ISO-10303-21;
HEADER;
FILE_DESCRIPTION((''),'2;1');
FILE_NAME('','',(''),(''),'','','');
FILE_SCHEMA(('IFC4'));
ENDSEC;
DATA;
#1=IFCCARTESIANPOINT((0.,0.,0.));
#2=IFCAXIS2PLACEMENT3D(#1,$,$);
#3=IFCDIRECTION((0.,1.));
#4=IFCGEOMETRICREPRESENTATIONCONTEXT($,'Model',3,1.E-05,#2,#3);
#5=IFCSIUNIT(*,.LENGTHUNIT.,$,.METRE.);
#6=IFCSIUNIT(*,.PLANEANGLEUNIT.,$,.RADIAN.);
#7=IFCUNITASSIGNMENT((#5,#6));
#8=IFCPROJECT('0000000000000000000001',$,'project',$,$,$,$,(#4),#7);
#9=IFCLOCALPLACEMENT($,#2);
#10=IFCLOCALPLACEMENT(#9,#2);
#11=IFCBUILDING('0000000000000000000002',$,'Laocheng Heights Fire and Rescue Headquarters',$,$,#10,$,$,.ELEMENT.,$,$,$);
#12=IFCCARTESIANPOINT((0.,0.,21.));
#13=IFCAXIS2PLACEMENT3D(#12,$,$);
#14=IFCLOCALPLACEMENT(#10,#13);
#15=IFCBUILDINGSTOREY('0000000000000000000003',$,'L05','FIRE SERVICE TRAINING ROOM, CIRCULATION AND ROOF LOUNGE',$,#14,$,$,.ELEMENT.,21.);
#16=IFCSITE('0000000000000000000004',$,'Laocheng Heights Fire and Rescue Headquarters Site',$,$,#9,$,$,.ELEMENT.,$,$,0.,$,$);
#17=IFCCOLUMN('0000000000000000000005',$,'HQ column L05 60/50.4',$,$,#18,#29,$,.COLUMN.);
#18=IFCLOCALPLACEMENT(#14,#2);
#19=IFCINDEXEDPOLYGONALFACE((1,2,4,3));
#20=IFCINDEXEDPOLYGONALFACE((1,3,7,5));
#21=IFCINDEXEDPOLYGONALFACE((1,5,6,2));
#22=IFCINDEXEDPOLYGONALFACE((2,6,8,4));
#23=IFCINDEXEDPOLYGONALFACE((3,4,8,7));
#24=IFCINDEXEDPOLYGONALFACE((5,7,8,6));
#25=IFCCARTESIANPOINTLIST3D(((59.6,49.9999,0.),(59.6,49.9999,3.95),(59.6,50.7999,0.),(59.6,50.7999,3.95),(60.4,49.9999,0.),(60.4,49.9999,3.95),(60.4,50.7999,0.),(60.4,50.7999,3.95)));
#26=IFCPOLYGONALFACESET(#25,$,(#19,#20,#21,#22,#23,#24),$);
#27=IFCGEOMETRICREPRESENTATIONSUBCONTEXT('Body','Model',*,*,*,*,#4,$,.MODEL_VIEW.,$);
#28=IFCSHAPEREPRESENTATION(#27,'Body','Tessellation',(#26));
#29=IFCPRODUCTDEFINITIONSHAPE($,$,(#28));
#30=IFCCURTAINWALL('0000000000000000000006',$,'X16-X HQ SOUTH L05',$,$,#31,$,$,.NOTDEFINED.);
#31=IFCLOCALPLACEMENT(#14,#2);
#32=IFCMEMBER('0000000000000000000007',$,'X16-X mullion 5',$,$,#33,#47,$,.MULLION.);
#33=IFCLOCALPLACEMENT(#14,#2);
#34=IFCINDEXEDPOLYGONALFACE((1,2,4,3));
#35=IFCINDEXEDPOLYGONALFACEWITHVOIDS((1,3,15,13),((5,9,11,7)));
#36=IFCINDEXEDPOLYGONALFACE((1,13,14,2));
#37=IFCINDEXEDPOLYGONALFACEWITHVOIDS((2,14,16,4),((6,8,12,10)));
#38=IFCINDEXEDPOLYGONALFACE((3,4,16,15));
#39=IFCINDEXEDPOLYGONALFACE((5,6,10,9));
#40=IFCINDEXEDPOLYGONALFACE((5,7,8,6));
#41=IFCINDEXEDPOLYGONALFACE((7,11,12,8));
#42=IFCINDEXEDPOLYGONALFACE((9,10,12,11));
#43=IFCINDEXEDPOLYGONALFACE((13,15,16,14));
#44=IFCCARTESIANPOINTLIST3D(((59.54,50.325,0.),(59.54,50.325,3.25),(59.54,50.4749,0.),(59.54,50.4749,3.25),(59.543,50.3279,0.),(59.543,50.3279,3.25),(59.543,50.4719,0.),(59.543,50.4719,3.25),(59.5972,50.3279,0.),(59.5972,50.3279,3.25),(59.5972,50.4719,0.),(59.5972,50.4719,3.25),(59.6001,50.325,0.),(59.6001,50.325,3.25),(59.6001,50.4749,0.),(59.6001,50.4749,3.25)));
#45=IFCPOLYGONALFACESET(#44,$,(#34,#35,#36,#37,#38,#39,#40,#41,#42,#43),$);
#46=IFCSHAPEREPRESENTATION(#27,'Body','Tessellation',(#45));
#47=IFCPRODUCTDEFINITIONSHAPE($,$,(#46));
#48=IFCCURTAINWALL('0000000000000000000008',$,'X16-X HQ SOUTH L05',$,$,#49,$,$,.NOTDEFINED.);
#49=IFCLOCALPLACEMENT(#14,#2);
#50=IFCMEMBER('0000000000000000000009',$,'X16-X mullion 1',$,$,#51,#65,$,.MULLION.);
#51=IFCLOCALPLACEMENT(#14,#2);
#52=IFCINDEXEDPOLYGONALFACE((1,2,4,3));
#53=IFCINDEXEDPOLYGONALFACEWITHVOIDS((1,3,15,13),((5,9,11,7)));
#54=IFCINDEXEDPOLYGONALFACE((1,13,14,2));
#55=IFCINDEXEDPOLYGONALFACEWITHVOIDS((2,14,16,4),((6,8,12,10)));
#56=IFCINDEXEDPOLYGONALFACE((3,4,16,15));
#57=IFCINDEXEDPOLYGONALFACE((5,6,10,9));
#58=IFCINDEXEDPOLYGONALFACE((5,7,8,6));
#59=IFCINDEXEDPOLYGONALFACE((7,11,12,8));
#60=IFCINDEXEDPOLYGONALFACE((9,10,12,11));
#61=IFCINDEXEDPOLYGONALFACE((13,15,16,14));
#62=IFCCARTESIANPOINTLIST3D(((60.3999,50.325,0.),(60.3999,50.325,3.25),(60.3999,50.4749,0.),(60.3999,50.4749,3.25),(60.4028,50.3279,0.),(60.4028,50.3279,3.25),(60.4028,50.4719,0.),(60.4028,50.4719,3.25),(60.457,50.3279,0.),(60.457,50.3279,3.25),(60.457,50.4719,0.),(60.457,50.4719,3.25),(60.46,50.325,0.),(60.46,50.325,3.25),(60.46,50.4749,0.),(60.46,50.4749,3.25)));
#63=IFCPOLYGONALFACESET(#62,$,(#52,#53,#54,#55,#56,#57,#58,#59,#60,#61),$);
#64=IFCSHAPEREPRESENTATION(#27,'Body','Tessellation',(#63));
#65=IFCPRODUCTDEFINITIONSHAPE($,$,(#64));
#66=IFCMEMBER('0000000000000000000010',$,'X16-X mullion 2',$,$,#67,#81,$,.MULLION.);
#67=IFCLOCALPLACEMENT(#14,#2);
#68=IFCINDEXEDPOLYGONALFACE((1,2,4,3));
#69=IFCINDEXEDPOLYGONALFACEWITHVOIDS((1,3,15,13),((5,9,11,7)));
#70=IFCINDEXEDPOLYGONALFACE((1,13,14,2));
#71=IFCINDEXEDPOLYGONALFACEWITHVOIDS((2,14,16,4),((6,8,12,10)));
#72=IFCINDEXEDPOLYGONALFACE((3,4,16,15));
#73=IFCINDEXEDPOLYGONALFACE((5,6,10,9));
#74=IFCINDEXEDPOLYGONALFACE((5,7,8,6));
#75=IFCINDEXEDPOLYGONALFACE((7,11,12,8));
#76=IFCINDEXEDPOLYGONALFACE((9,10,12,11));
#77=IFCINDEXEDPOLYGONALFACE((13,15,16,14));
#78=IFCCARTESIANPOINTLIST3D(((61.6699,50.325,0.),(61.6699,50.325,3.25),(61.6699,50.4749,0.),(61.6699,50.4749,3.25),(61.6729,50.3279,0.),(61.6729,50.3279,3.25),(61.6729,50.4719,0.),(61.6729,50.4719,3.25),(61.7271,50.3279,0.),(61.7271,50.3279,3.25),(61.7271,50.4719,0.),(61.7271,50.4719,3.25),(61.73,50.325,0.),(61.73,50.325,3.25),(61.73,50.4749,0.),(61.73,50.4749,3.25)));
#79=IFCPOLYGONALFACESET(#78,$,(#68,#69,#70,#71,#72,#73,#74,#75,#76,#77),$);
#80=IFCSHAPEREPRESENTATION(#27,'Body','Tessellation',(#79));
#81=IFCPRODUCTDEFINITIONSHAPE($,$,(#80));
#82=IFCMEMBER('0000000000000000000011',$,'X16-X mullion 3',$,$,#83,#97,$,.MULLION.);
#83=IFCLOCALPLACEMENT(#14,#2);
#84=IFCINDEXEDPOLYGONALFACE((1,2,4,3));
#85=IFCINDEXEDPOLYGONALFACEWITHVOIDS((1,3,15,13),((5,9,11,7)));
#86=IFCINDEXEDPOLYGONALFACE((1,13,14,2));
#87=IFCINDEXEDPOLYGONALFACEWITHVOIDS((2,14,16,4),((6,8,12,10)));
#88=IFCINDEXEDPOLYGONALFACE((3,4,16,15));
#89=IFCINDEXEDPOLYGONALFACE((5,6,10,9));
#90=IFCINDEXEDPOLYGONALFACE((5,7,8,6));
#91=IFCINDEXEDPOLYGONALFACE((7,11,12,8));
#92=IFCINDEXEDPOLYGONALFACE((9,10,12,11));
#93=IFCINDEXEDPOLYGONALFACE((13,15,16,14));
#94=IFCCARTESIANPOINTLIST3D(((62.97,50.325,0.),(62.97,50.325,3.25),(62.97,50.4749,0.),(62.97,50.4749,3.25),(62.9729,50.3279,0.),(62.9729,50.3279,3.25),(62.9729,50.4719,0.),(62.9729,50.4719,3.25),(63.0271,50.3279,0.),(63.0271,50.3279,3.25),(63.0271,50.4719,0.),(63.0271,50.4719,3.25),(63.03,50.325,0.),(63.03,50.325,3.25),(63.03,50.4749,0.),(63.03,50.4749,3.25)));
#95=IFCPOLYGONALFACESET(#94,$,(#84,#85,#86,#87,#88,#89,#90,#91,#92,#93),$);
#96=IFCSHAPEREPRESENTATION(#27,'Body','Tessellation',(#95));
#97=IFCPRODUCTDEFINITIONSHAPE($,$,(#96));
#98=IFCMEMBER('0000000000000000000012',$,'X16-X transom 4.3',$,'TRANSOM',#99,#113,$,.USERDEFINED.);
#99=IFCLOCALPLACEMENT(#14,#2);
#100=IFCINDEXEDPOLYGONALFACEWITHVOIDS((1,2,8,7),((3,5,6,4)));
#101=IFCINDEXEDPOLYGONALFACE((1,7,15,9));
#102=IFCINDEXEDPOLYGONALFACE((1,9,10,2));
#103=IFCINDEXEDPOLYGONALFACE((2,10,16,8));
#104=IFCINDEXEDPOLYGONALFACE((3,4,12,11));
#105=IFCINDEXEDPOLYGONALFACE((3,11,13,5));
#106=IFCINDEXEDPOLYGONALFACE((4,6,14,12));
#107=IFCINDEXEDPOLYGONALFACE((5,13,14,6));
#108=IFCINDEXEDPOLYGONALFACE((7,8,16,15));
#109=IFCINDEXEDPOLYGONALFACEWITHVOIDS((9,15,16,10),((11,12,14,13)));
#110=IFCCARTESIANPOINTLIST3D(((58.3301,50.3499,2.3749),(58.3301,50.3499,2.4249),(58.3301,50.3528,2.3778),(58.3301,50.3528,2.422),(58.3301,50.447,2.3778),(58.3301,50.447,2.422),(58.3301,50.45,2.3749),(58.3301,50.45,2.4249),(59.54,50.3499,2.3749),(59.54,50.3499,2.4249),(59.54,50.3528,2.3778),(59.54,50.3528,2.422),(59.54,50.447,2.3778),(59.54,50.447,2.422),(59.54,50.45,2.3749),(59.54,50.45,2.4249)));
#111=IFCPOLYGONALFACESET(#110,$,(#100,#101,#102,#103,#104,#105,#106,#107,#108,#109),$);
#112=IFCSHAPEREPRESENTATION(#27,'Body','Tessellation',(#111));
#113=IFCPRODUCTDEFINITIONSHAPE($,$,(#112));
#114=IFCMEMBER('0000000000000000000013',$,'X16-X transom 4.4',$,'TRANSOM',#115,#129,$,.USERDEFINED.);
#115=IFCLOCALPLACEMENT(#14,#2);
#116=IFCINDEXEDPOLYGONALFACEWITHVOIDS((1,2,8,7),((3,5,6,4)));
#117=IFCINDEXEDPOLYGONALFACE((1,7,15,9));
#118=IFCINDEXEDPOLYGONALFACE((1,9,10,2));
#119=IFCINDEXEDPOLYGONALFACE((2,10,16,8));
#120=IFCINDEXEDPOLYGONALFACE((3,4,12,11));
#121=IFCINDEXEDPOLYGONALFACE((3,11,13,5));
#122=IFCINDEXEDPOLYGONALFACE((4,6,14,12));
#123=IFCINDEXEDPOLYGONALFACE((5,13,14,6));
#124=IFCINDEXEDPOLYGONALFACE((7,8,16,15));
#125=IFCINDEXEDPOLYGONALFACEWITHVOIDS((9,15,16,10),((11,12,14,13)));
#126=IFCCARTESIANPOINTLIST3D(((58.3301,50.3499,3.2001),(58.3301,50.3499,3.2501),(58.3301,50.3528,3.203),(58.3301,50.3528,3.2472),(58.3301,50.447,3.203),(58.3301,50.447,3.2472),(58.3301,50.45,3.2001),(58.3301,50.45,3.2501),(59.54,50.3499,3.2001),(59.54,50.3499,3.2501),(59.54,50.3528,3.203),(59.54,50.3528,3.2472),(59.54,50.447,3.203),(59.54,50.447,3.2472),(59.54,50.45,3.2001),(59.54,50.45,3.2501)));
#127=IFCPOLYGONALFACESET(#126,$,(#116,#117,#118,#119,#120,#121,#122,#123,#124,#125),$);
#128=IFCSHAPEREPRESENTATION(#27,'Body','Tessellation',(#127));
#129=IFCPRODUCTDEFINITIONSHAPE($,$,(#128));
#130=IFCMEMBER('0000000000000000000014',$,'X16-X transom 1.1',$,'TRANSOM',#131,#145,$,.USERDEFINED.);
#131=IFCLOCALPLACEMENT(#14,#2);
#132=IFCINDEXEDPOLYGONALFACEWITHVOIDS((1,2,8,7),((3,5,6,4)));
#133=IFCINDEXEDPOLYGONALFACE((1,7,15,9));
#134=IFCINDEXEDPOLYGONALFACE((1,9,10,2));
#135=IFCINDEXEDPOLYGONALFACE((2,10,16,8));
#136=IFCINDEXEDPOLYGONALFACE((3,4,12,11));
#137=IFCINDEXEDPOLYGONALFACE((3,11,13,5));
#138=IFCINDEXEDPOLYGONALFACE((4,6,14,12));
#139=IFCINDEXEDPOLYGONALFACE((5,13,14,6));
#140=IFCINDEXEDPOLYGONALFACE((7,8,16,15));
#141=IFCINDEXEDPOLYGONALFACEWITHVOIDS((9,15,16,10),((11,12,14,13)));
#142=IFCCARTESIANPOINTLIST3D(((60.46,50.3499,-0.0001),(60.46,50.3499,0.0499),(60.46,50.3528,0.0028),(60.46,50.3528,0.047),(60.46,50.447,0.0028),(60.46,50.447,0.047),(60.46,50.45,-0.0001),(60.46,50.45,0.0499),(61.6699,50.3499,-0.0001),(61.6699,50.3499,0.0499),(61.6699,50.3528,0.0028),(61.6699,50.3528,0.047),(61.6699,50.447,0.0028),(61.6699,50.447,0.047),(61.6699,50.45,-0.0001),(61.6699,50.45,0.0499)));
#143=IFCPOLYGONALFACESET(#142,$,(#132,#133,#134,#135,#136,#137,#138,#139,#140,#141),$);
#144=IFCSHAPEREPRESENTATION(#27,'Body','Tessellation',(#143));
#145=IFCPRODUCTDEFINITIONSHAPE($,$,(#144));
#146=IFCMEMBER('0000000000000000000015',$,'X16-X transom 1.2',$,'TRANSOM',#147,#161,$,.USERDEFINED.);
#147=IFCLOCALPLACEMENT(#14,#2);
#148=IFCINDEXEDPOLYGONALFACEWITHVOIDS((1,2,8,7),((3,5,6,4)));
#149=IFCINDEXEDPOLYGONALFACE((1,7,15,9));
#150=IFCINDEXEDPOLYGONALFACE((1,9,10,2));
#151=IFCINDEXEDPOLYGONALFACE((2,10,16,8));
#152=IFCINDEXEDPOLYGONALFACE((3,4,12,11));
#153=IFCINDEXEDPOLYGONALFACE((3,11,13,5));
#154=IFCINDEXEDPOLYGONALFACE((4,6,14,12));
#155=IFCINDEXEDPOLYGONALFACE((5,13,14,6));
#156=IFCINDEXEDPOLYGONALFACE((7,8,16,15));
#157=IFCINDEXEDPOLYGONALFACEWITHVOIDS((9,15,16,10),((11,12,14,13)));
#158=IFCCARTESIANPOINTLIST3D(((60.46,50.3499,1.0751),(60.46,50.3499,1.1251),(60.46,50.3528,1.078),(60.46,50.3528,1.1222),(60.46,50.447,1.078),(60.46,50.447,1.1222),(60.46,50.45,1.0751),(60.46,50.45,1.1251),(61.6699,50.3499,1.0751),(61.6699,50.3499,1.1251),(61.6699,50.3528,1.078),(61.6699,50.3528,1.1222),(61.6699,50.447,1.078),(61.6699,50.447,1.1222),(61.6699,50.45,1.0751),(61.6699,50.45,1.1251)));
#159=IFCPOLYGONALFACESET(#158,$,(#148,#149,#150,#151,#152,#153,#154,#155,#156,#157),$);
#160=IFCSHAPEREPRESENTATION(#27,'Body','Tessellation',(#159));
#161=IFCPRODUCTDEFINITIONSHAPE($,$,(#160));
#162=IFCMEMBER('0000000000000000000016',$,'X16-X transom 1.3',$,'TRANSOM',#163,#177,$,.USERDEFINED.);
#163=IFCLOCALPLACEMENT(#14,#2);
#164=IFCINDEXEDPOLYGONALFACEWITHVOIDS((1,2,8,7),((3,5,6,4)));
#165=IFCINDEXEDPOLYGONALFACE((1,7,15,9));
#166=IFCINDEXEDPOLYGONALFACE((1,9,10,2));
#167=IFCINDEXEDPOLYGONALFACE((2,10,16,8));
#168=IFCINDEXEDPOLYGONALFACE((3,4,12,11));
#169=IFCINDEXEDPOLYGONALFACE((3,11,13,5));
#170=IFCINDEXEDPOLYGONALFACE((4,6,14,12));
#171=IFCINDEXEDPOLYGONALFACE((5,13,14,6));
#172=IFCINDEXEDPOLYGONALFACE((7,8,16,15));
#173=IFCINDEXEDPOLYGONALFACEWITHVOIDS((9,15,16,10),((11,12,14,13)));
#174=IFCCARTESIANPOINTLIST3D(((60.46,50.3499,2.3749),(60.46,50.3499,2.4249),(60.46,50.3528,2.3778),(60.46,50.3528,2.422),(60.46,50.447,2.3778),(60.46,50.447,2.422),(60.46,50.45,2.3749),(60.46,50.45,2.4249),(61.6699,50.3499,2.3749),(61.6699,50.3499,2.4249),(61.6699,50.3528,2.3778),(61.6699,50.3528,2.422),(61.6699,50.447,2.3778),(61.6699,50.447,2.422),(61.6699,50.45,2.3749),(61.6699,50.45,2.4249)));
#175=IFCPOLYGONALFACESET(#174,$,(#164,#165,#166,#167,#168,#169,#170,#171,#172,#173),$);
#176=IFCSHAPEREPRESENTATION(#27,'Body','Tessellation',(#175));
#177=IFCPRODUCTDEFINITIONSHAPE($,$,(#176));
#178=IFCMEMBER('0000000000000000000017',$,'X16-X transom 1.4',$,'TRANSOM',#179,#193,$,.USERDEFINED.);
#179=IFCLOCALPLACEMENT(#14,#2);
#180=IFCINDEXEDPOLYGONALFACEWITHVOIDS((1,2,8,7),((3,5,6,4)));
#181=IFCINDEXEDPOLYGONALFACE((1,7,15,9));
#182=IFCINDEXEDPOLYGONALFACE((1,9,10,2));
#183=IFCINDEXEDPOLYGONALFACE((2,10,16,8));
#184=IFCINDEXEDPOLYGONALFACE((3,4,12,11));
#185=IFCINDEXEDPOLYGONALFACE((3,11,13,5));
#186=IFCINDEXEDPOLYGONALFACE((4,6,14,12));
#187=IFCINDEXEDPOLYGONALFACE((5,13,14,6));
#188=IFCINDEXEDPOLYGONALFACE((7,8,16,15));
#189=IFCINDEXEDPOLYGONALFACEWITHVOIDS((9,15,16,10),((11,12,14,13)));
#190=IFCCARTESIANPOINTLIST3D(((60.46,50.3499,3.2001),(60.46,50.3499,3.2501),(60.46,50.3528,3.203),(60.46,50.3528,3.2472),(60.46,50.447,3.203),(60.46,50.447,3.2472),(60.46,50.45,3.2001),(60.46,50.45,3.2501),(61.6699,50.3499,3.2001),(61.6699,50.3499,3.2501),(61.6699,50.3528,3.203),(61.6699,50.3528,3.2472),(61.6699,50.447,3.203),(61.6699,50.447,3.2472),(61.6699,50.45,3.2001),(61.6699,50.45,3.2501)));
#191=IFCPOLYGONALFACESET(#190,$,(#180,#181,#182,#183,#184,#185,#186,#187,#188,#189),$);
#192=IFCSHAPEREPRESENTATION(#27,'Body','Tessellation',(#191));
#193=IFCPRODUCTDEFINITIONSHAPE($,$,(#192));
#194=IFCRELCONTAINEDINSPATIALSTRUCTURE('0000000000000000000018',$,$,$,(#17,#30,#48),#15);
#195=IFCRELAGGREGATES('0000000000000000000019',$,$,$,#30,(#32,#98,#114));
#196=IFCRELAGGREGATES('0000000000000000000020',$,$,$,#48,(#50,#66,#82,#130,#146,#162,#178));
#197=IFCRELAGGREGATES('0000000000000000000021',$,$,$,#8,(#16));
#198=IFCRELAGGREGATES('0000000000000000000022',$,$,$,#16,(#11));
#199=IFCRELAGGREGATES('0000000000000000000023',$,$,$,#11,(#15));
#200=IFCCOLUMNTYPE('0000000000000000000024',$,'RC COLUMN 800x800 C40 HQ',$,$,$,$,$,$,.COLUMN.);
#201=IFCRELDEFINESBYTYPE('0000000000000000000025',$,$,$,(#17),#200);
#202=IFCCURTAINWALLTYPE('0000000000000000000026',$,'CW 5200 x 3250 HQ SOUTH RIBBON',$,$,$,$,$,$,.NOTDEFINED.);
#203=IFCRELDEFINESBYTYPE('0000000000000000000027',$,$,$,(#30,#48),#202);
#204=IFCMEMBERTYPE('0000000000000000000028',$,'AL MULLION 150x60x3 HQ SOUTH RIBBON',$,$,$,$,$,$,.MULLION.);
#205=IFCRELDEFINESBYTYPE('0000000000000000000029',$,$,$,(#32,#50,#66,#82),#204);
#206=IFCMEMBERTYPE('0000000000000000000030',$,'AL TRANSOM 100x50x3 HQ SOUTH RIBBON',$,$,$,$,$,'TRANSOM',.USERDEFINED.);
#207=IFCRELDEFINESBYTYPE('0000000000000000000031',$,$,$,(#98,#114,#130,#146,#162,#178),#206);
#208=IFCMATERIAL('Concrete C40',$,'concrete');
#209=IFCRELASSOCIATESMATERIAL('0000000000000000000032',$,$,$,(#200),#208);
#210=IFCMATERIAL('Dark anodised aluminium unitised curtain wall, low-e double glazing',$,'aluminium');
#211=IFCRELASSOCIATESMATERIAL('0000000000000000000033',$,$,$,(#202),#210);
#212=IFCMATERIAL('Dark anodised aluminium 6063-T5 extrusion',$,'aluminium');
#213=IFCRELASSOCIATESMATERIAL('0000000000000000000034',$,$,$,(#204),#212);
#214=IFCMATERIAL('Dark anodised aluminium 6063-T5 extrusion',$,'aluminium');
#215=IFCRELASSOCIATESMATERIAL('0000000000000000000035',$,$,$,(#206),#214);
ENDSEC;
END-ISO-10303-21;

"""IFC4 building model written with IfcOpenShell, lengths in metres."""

from ifc_helpers import new_model, si_unit, direction, frame, origin, origin_2d, place, context, subcontext, project, spatial, rectangle, hollow_rectangle, extrude, material, material_profile, profile_set, type_object, element, aggregate, save


model = new_model("IFC4")

# Units and contexts
model_context = context("Model", 3, precision=1e-05, world=origin(), true_north=direction((0.0, 1.0)))
body_context = subcontext(model_context, "Body", "Model", "MODEL_VIEW")
ifc_project = project(units=[si_unit("LENGTHUNIT", "METRE"), si_unit("PLANEANGLEUNIT", "RADIAN")], contexts=[model_context])

# Site, building, storey
site_placement = place(None, origin())
site = spatial("IfcSite", under=ifc_project, at=site_placement, Name="Laocheng Heights Fire and Rescue Headquarters Site", CompositionType="ELEMENT", RefElevation=0.0)
building_placement = place(site_placement, origin())
building = spatial("IfcBuilding", under=site, at=building_placement, Name="Laocheng Heights Fire and Rescue Headquarters", CompositionType="ELEMENT")
storey_placement = place(building_placement, frame((0.0, 0.0, 21.0)))
storey = spatial("IfcBuildingStorey", under=building, at=storey_placement, Name="L05", Description="FIRE SERVICE TRAINING ROOM, CIRCULATION AND ROOF LOUNGE", CompositionType="ELEMENT", Elevation=21.0)

# Column
ifc_material_1 = material(Name="Concrete C40", Category="concrete")
ifc_material_profile_1 = material_profile(ifc_material_1, rectangle(XDim=0.8, YDim=0.8, at=origin_2d()), Name="RC COLUMN 800x800 C40 HQ")
ifc_profile_set_1 = profile_set([ifc_material_profile_1], Name="Concrete C40")
column_type = type_object("IfcColumnType", Name="RC COLUMN 800x800 C40 HQ", PredefinedType="COLUMN", material=ifc_profile_set_1)
column_placement = place(storey_placement, frame((60.0, 50.3999, 0.0), z_axis=(0.0, 0.0, 1.0), x_axis=(1.0, 0.0, 0.0)))
element("IfcColumn", 1, at=column_placement, inside=storey, type_object=column_type, Name="HQ column L05 60/50.4", PredefinedType="COLUMN", context=body_context, shape_type="SweptSolid", body=[
    extrude(rectangle(XDim=0.8, YDim=0.8, at=origin_2d()), origin(), (0.0, 0.0, 1.0), 3.95),
])

# Curtain wall, member
ifc_material_2 = material(Name="Dark anodised aluminium unitised curtain wall, low-e double glazing", Category="aluminium")
curtain_wall_type = type_object("IfcCurtainWallType", Name="CW 5200 x 3250 HQ SOUTH RIBBON", PredefinedType="NOTDEFINED", material=ifc_material_2)
curtain_wall_1_placement = place(storey_placement, origin())
curtain_wall_1 = element("IfcCurtainWall", 2, at=curtain_wall_1_placement, inside=storey, type_object=curtain_wall_type, Name="X16-X HQ SOUTH L05", PredefinedType="NOTDEFINED")
ifc_material_3 = material(Name="Dark anodised aluminium 6063-T5 extrusion", Category="aluminium")
ifc_material_profile_2 = material_profile(ifc_material_3, hollow_rectangle(XDim=0.1499, YDim=0.0601, WallThickness=0.0029, at=origin_2d()), Name="AL MULLION 150x60x3 HQ SOUTH RIBBON")
ifc_profile_set_2 = profile_set([ifc_material_profile_2], Name="Dark anodised aluminium 6063-T5 extrusion")
member_type_1 = type_object("IfcMemberType", Name="AL MULLION 150x60x3 HQ SOUTH RIBBON", PredefinedType="MULLION", material=ifc_profile_set_2)
member_1_placement = place(storey_placement, frame((59.5701, 50.3999, 0.0), z_axis=(0.0, 0.0, 1.0), x_axis=(0.0, 1.0, 0.0)))
member_1 = element("IfcMember", 3, at=member_1_placement, type_object=member_type_1, Name="X16-X mullion 5", PredefinedType="MULLION", context=body_context, shape_type="SweptSolid", body=[
    extrude(hollow_rectangle(XDim=0.1499, YDim=0.0601, WallThickness=0.0029, at=origin_2d()), origin(), (0.0, 0.0, 1.0), 3.25),
])

# Curtain wall, members
curtain_wall_2_placement = place(storey_placement, origin())
curtain_wall_2 = element("IfcCurtainWall", 4, at=curtain_wall_2_placement, inside=storey, type_object=curtain_wall_type, Name="X16-X HQ SOUTH L05", PredefinedType="NOTDEFINED")
member_2_placement = place(storey_placement, frame((60.4299, 50.3999, 0.0), z_axis=(0.0, 0.0, 1.0), x_axis=(0.0, 1.0, 0.0)))
member_2 = element("IfcMember", 5, at=member_2_placement, type_object=member_type_1, Name="X16-X mullion 1", PredefinedType="MULLION", context=body_context, shape_type="SweptSolid", body=[
    extrude(hollow_rectangle(XDim=0.1499, YDim=0.0601, WallThickness=0.0029, at=origin_2d()), origin(), (0.0, 0.0, 1.0), 3.25),
])
member_3_placement = place(storey_placement, frame((61.7, 50.3999, 0.0), z_axis=(0.0, 0.0, 1.0), x_axis=(0.0, 1.0, 0.0)))
member_3 = element("IfcMember", 6, at=member_3_placement, type_object=member_type_1, Name="X16-X mullion 2", PredefinedType="MULLION", context=body_context, shape_type="SweptSolid", body=[
    extrude(hollow_rectangle(XDim=0.1499, YDim=0.0601, WallThickness=0.0029, at=origin_2d()), origin(), (0.0, 0.0, 1.0), 3.25),
])
member_4_placement = place(storey_placement, frame((63.0, 50.3999, 0.0), z_axis=(0.0, 0.0, 1.0), x_axis=(0.0, 1.0, 0.0)))
member_4 = element("IfcMember", 7, at=member_4_placement, type_object=member_type_1, Name="X16-X mullion 3", PredefinedType="MULLION", context=body_context, shape_type="SweptSolid", body=[
    extrude(hollow_rectangle(XDim=0.1499, YDim=0.0601, WallThickness=0.0029, at=origin_2d()), origin(), (0.0, 0.0, 1.0), 3.25),
])

# Members
ifc_material_4 = material(Name="Dark anodised aluminium 6063-T5 extrusion", Category="aluminium")
ifc_material_profile_3 = material_profile(ifc_material_4, hollow_rectangle(XDim=0.1001, YDim=0.05, WallThickness=0.0029, at=origin_2d()), Name="AL TRANSOM 100x50x3 HQ SOUTH RIBBON")
ifc_profile_set_3 = profile_set([ifc_material_profile_3], Name="Dark anodised aluminium 6063-T5 extrusion")
member_type_2 = type_object("IfcMemberType", Name="AL TRANSOM 100x50x3 HQ SOUTH RIBBON", ElementType="TRANSOM", PredefinedType="USERDEFINED", material=ifc_profile_set_3)
member_5_placement = place(storey_placement, frame((58.3301, 50.3999, 2.3999), z_axis=(1.0, 0.0, 0.0), x_axis=(0.0, 1.0, 0.0)))
member_5 = element("IfcMember", 8, at=member_5_placement, type_object=member_type_2, Name="X16-X transom 4.3", ObjectType="TRANSOM", PredefinedType="USERDEFINED", context=body_context, shape_type="SweptSolid", body=[
    extrude(hollow_rectangle(XDim=0.1001, YDim=0.05, WallThickness=0.0029, at=origin_2d()), origin(), (0.0, 0.0, 1.0), 1.21),
])
member_6_placement = place(storey_placement, frame((58.3301, 50.3999, 3.2251), z_axis=(1.0, 0.0, 0.0), x_axis=(0.0, 1.0, 0.0)))
member_6 = element("IfcMember", 9, at=member_6_placement, type_object=member_type_2, Name="X16-X transom 4.4", ObjectType="TRANSOM", PredefinedType="USERDEFINED", context=body_context, shape_type="SweptSolid", body=[
    extrude(hollow_rectangle(XDim=0.1001, YDim=0.05, WallThickness=0.0029, at=origin_2d()), origin(), (0.0, 0.0, 1.0), 1.21),
])
member_7_placement = place(storey_placement, frame((60.46, 50.3999, 0.0249), z_axis=(1.0, 0.0, 0.0), x_axis=(0.0, 1.0, 0.0)))
member_7 = element("IfcMember", 10, at=member_7_placement, type_object=member_type_2, Name="X16-X transom 1.1", ObjectType="TRANSOM", PredefinedType="USERDEFINED", context=body_context, shape_type="SweptSolid", body=[
    extrude(hollow_rectangle(XDim=0.1001, YDim=0.05, WallThickness=0.0029, at=origin_2d()), origin(), (0.0, 0.0, 1.0), 1.21),
])
member_8_placement = place(storey_placement, frame((60.46, 50.3999, 1.1001), z_axis=(1.0, 0.0, 0.0), x_axis=(0.0, 1.0, 0.0)))
member_8 = element("IfcMember", 11, at=member_8_placement, type_object=member_type_2, Name="X16-X transom 1.2", ObjectType="TRANSOM", PredefinedType="USERDEFINED", context=body_context, shape_type="SweptSolid", body=[
    extrude(hollow_rectangle(XDim=0.1001, YDim=0.05, WallThickness=0.0029, at=origin_2d()), origin(), (0.0, 0.0, 1.0), 1.21),
])
member_9_placement = place(storey_placement, frame((60.46, 50.3999, 2.3999), z_axis=(1.0, 0.0, 0.0), x_axis=(0.0, 1.0, 0.0)))
member_9 = element("IfcMember", 12, at=member_9_placement, type_object=member_type_2, Name="X16-X transom 1.3", ObjectType="TRANSOM", PredefinedType="USERDEFINED", context=body_context, shape_type="SweptSolid", body=[
    extrude(hollow_rectangle(XDim=0.1001, YDim=0.05, WallThickness=0.0029, at=origin_2d()), origin(), (0.0, 0.0, 1.0), 1.21),
])
member_10_placement = place(storey_placement, frame((60.46, 50.3999, 3.2251), z_axis=(1.0, 0.0, 0.0), x_axis=(0.0, 1.0, 0.0)))
member_10 = element("IfcMember", 13, at=member_10_placement, type_object=member_type_2, Name="X16-X transom 1.4", ObjectType="TRANSOM", PredefinedType="USERDEFINED", context=body_context, shape_type="SweptSolid", body=[
    extrude(hollow_rectangle(XDim=0.1001, YDim=0.05, WallThickness=0.0029, at=origin_2d()), origin(), (0.0, 0.0, 1.0), 1.21),
])

aggregate(curtain_wall_1, [member_1, member_5, member_6])
aggregate(curtain_wall_2, [member_2, member_3, member_4, member_7, member_8, member_9, member_10])

save(model, "model.ifc")
